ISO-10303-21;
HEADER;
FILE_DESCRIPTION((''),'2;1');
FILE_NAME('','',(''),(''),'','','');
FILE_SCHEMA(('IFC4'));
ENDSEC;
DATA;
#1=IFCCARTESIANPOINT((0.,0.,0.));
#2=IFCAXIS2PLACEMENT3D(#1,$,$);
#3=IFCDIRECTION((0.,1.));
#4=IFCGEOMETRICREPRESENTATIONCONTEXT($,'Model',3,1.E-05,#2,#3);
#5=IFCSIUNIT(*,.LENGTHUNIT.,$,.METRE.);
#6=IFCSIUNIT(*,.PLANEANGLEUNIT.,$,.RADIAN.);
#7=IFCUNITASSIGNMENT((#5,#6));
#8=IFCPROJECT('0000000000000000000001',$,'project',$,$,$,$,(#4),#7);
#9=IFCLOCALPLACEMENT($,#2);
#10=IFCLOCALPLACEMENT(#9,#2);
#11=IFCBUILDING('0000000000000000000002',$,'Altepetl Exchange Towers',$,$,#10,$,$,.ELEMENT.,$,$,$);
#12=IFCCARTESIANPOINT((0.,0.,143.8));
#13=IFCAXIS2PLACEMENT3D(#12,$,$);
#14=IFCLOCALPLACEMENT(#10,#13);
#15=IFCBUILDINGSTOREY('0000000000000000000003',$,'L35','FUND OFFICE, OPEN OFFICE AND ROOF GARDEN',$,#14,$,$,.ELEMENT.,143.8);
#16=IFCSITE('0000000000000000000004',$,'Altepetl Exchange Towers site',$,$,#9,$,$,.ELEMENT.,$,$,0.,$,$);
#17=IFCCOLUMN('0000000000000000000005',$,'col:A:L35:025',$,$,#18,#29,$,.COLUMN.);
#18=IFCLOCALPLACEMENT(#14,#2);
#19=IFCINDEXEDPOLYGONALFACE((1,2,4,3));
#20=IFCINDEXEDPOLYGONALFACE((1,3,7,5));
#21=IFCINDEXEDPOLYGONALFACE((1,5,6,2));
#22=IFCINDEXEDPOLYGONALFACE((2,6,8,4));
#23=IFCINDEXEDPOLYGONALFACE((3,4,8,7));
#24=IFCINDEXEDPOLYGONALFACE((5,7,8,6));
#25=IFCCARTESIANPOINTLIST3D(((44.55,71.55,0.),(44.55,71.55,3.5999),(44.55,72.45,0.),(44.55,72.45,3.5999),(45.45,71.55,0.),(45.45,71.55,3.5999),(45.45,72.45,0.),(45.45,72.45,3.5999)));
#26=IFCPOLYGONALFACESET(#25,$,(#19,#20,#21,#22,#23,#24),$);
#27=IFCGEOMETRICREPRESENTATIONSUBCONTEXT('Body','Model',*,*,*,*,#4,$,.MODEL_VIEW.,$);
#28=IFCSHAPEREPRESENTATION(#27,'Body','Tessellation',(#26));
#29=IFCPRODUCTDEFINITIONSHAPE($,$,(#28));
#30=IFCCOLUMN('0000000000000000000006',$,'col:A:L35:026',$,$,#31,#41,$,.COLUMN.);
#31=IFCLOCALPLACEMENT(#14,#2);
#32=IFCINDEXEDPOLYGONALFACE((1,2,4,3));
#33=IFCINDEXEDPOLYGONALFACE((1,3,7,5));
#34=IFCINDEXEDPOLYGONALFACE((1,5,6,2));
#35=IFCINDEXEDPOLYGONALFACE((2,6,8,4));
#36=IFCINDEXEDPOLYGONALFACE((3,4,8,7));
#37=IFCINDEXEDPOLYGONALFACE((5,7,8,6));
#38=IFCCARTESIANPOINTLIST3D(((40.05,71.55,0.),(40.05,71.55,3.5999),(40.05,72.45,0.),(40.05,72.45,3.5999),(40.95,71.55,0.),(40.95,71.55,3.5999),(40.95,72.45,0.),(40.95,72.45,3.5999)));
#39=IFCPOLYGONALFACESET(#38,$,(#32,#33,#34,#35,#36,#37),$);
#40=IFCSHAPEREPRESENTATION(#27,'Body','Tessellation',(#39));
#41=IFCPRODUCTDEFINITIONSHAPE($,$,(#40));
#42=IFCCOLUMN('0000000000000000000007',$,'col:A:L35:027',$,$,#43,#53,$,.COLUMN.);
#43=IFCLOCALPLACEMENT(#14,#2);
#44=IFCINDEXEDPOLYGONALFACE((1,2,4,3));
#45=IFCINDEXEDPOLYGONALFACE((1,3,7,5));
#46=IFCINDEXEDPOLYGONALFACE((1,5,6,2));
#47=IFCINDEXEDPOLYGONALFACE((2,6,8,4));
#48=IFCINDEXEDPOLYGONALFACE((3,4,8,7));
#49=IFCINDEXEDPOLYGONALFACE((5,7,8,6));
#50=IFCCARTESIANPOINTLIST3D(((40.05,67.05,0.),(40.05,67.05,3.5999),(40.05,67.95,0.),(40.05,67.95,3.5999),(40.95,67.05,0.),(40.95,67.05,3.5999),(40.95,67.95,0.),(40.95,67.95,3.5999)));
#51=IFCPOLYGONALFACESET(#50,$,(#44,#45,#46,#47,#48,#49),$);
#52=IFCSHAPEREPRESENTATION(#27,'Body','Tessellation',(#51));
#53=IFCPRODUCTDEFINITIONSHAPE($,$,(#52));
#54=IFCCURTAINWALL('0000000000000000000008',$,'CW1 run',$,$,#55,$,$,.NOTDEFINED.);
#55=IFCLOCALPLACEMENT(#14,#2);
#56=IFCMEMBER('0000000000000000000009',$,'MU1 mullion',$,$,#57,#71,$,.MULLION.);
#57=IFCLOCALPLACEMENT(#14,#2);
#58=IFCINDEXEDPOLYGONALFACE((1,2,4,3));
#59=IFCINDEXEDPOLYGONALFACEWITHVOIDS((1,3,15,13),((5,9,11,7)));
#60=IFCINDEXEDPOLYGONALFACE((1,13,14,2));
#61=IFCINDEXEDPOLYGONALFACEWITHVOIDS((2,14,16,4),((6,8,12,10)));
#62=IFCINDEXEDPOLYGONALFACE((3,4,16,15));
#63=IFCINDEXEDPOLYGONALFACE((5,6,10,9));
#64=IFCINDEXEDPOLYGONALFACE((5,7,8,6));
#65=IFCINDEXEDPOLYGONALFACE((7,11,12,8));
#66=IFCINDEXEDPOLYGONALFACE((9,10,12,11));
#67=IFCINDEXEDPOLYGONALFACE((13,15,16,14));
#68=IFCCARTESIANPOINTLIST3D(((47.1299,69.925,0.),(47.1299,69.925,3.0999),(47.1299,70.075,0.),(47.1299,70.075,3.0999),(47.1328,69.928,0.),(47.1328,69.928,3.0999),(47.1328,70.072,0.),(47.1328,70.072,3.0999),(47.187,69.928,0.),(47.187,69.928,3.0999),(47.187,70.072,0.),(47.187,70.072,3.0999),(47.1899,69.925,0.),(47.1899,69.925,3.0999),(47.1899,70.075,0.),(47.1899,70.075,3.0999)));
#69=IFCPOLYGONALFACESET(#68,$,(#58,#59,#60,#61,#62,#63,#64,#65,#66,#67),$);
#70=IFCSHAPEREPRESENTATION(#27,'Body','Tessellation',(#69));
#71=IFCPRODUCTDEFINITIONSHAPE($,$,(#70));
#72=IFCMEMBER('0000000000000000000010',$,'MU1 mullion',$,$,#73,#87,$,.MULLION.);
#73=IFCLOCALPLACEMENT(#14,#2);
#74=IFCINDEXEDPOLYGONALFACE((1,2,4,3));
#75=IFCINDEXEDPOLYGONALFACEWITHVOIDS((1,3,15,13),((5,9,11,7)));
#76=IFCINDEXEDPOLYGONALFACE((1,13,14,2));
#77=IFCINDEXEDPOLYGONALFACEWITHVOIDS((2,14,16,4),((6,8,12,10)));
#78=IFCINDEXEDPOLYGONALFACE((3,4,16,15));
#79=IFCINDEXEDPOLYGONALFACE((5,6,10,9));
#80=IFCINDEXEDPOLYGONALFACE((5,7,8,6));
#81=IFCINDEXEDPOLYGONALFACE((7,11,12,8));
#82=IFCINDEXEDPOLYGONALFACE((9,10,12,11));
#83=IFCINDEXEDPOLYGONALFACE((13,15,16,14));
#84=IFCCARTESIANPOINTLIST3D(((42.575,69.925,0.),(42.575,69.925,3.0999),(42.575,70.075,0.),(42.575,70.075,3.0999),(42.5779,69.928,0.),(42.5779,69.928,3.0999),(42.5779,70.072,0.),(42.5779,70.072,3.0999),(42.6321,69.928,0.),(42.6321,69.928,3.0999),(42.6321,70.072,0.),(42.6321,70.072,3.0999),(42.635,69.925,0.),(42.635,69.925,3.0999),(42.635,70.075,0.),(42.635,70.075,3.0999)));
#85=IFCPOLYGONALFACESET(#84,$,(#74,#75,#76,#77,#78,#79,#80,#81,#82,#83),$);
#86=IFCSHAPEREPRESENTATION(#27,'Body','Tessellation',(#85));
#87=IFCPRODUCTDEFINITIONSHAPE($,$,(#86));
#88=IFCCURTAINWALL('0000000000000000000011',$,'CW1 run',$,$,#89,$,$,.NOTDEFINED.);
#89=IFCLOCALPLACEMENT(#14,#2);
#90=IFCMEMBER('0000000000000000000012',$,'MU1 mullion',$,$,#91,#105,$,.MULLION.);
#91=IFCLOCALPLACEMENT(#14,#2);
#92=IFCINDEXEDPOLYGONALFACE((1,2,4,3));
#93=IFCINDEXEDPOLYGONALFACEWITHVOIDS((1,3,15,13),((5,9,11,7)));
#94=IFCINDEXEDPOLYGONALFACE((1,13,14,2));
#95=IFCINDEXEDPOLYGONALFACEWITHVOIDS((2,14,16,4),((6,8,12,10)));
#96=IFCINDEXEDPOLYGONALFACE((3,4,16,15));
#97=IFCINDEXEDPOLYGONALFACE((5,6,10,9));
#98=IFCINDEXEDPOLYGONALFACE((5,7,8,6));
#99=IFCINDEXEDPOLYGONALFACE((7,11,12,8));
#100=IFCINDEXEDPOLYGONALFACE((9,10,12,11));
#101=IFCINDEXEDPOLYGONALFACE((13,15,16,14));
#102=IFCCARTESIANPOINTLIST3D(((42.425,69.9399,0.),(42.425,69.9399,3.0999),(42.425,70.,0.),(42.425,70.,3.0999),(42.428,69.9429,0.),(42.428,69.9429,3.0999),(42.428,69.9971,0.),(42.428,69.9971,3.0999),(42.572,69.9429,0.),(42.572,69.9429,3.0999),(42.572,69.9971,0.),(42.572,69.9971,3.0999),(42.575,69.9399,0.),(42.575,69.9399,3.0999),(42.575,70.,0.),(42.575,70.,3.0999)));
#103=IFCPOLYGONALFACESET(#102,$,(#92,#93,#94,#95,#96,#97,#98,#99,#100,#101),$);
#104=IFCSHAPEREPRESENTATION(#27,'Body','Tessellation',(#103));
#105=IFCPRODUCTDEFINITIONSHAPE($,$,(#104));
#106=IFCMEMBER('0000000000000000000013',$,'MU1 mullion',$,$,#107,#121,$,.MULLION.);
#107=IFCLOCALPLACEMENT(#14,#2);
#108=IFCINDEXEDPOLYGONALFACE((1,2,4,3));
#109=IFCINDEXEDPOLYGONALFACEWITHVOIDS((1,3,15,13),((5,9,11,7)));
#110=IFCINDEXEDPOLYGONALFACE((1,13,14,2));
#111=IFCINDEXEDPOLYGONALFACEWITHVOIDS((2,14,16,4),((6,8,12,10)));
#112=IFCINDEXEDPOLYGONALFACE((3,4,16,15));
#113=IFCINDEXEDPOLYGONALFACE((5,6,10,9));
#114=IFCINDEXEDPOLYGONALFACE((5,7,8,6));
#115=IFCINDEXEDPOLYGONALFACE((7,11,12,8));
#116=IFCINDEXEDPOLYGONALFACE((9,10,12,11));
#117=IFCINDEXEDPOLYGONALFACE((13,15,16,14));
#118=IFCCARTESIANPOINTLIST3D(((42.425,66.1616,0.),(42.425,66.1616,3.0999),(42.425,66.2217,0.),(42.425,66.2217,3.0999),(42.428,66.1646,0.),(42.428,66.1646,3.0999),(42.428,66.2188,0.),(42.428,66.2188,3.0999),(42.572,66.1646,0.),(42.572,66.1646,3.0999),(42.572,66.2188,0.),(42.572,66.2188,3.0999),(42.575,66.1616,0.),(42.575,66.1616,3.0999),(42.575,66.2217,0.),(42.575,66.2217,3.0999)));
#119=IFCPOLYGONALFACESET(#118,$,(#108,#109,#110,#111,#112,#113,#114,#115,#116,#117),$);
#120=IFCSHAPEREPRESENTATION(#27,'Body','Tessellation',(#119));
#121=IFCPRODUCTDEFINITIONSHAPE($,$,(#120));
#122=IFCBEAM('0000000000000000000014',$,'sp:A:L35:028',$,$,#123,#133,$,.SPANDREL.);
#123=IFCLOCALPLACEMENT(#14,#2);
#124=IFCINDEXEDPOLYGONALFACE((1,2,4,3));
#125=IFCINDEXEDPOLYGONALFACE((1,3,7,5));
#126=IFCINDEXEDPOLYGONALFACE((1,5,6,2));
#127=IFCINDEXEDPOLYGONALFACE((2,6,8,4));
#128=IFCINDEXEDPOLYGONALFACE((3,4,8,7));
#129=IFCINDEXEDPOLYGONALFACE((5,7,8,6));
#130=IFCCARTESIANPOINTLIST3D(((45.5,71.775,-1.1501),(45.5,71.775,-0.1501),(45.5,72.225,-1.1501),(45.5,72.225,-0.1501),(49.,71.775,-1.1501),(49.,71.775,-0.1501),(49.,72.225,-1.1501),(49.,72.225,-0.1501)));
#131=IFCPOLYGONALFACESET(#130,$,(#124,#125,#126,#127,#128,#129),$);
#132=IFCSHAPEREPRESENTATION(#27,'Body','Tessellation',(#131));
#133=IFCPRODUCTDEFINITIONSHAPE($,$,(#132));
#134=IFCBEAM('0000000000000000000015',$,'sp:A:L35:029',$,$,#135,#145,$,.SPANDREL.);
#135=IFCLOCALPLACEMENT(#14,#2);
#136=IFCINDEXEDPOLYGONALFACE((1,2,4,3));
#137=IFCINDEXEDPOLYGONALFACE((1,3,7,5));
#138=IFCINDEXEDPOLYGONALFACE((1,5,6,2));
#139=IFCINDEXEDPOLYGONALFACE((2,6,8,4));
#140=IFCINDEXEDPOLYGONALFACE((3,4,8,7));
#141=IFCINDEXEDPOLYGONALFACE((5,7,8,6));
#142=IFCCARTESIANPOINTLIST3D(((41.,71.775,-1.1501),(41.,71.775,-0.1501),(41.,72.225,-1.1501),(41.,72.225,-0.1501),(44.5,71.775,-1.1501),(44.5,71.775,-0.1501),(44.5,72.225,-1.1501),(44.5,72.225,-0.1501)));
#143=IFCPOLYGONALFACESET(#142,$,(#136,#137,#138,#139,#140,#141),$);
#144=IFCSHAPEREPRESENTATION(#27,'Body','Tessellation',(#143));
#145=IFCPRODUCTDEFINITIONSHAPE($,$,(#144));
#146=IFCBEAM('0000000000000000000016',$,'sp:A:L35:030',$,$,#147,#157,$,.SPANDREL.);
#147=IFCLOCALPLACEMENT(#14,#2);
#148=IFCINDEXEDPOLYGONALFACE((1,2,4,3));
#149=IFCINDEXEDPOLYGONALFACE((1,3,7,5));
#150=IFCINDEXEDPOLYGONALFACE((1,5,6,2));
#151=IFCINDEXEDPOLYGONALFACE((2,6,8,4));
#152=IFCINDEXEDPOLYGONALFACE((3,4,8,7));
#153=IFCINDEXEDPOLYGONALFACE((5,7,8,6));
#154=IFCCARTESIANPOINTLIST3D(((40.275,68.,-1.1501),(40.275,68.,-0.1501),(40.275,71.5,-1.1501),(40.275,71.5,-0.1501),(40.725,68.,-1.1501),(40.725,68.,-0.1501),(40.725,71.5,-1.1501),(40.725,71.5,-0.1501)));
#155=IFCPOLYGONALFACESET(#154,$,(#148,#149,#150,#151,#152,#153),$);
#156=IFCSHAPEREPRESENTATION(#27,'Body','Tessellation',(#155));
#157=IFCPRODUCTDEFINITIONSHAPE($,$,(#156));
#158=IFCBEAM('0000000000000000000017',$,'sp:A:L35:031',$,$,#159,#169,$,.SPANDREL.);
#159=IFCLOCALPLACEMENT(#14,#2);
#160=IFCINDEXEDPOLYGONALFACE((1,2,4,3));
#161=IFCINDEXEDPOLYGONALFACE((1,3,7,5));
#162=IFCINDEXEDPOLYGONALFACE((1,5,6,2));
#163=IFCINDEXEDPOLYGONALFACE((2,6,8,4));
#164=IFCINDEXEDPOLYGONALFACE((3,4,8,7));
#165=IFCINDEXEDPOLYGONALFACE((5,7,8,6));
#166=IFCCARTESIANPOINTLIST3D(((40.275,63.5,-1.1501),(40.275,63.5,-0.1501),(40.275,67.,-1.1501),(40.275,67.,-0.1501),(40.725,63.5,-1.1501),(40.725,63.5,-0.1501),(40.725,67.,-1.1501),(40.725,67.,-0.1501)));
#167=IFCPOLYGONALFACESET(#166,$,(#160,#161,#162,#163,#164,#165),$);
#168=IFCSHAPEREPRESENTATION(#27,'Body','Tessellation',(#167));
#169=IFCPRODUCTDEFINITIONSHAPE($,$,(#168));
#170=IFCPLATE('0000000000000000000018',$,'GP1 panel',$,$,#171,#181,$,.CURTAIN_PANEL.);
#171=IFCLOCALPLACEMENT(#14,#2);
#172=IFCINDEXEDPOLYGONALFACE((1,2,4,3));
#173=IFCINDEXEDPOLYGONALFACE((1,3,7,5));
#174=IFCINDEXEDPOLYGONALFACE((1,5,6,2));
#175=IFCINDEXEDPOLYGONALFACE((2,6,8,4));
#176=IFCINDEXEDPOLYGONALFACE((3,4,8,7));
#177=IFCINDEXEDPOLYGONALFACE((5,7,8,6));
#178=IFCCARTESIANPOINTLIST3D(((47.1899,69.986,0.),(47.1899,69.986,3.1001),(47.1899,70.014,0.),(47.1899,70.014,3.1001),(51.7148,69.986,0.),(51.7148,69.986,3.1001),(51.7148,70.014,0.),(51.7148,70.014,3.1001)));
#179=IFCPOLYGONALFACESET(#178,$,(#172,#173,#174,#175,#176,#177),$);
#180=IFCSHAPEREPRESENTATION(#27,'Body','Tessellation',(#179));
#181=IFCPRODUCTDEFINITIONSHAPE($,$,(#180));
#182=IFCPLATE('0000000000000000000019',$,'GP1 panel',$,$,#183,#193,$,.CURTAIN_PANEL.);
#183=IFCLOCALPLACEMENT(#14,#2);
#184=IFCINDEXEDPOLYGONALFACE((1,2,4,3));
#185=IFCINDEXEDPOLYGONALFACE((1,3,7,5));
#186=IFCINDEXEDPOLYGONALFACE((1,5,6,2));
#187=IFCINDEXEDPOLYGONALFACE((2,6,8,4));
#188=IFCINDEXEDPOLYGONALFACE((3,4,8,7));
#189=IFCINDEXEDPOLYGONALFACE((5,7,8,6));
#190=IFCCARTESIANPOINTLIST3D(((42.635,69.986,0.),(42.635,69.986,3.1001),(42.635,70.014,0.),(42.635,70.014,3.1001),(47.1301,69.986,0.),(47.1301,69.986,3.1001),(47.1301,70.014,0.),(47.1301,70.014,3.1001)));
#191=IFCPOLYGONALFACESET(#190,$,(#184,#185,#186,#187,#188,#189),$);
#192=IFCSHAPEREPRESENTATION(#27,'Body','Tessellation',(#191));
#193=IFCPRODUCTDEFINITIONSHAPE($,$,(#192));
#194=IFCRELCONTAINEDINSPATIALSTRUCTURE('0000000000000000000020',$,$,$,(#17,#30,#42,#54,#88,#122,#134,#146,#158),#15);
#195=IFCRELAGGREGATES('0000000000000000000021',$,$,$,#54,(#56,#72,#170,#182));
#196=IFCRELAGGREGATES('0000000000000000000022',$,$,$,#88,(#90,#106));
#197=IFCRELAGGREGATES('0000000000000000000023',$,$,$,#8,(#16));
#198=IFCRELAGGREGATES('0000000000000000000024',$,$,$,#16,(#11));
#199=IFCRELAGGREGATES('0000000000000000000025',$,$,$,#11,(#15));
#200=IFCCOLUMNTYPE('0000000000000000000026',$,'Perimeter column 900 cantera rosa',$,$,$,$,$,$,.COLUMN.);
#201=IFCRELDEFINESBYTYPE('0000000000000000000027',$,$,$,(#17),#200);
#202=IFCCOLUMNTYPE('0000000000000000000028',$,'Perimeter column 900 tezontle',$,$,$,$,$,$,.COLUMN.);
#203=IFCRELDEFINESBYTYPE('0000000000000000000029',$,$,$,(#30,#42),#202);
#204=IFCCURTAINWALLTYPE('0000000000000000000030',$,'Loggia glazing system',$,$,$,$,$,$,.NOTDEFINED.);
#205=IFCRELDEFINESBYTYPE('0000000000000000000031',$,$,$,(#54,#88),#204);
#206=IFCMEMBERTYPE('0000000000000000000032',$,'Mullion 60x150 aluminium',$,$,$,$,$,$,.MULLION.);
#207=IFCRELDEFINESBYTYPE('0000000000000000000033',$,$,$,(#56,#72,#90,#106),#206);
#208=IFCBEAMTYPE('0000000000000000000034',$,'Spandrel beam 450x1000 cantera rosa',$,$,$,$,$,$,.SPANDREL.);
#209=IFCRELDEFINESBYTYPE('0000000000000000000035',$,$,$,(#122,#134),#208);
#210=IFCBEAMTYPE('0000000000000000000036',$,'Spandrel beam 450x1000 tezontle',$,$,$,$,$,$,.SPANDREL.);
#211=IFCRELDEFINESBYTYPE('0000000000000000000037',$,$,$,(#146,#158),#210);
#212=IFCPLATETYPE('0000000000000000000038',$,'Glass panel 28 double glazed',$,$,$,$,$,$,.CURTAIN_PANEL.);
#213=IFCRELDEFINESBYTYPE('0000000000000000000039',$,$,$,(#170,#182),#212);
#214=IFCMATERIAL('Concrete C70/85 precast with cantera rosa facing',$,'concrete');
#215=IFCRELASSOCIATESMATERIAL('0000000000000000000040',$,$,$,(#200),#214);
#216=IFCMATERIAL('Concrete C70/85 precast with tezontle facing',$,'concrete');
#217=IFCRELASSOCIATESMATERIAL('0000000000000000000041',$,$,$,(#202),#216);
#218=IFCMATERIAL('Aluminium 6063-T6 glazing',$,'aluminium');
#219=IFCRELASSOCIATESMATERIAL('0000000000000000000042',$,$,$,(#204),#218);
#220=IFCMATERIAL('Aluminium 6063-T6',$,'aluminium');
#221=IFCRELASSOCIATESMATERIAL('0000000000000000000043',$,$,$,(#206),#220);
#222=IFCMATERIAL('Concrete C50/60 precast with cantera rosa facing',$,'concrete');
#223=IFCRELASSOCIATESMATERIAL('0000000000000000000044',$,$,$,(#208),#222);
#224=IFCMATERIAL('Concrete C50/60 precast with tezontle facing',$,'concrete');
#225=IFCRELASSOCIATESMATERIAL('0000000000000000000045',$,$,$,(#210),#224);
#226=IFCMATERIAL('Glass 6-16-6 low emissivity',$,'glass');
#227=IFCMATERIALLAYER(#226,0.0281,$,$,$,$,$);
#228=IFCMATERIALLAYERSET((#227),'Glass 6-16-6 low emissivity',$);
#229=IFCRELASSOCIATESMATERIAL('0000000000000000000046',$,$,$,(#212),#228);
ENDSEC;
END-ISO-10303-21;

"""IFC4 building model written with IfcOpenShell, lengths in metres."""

from ifc_helpers import new_model, si_unit, direction, frame, origin, origin_2d, place, context, subcontext, project, spatial, rectangle, hollow_rectangle, extrude, material, layer, layer_set, material_profile, profile_set, type_object, element, aggregate, save


model = new_model("IFC4")

# Units and contexts
model_context = context("Model", 3, precision=1e-05, world=origin(), true_north=direction((0.0, 1.0)))
body_context = subcontext(model_context, "Body", "Model", "MODEL_VIEW")
ifc_project = project(units=[si_unit("LENGTHUNIT", "METRE"), si_unit("PLANEANGLEUNIT", "RADIAN")], contexts=[model_context])

# Site, building, storey
site_placement = place(None, origin())
site = spatial("IfcSite", under=ifc_project, at=site_placement, Name="Altepetl Exchange Towers site", CompositionType="ELEMENT", RefElevation=0.0)
building_placement = place(site_placement, origin())
building = spatial("IfcBuilding", under=site, at=building_placement, Name="Altepetl Exchange Towers", CompositionType="ELEMENT")
storey_placement = place(building_placement, frame((0.0, 0.0, 143.8)))
storey = spatial("IfcBuildingStorey", under=building, at=storey_placement, Name="L35", Description="FUND OFFICE, OPEN OFFICE AND ROOF GARDEN", CompositionType="ELEMENT", Elevation=143.8)

# Columns
ifc_material_1 = material(Name="Concrete C70/85 precast with cantera rosa facing", Category="concrete")
ifc_material_profile_1 = material_profile(ifc_material_1, rectangle(XDim=0.8999, YDim=0.8999, at=origin_2d()), Name="900 x 900")
ifc_profile_set_1 = profile_set([ifc_material_profile_1], Name="Concrete C70/85 precast with cantera rosa facing")
column_type_1 = type_object("IfcColumnType", Name="Perimeter column 900 cantera rosa", PredefinedType="COLUMN", material=ifc_profile_set_1)
column_placement = place(storey_placement, frame((45.0, 72.0, 0.0)))
element("IfcColumn", 1, at=column_placement, inside=storey, type_object=column_type_1, Name="col:A:L35:025", PredefinedType="COLUMN", context=body_context, shape_type="SweptSolid", body=[
    extrude(rectangle(XDim=0.8999, YDim=0.8999, at=origin_2d()), origin(), (0.0, 0.0, 1.0), 3.5999),
])
ifc_material_2 = material(Name="Concrete C70/85 precast with tezontle facing", Category="concrete")
ifc_material_profile_2 = material_profile(ifc_material_2, rectangle(XDim=0.8999, YDim=0.8999, at=origin_2d()), Name="900 x 900")
ifc_profile_set_2 = profile_set([ifc_material_profile_2], Name="Concrete C70/85 precast with tezontle facing")
column_type_2 = type_object("IfcColumnType", Name="Perimeter column 900 tezontle", PredefinedType="COLUMN", material=ifc_profile_set_2)
for number, where, name in (
    (2, (40.5, 72.0, 0.0), "col:A:L35:026"),
    (3, (40.5, 67.5, 0.0), "col:A:L35:027"),
):
    element("IfcColumn", number, at=place(storey_placement, frame(where)), inside=storey, type_object=column_type_2, Name=name, PredefinedType="COLUMN", context=body_context, shape_type="SweptSolid", body=[
        extrude(rectangle(XDim=0.8999, YDim=0.8999, at=origin_2d()), origin(), (0.0, 0.0, 1.0), 3.5999),
    ])

# Curtain walls, members
ifc_material_3 = material(Name="Aluminium 6063-T6 glazing", Category="aluminium")
curtain_wall_type = type_object("IfcCurtainWallType", Name="Loggia glazing system", PredefinedType="NOTDEFINED", material=ifc_material_3)
curtain_wall_1_placement = place(storey_placement, origin())
curtain_wall_1 = element("IfcCurtainWall", 4, at=curtain_wall_1_placement, inside=storey, type_object=curtain_wall_type, Name="CW1 run", PredefinedType="NOTDEFINED")
ifc_material_4 = material(Name="Aluminium 6063-T6", Category="aluminium")
ifc_material_profile_3 = material_profile(ifc_material_4, hollow_rectangle(XDim=0.0601, YDim=0.1499, WallThickness=0.0029, at=origin_2d()), Name="Mullion 60x150 aluminium")
ifc_profile_set_3 = profile_set([ifc_material_profile_3], Name="Aluminium 6063-T6")
member_type = type_object("IfcMemberType", Name="Mullion 60x150 aluminium", PredefinedType="MULLION", material=ifc_profile_set_3)
member_1_placement = place(storey_placement, frame((47.1599, 70.0, 0.0), z_axis=(0.0, 0.0, 1.0), x_axis=(-1.0, 0.0, 0.0)))
member_1 = element("IfcMember", 5, at=member_1_placement, type_object=member_type, Name="MU1 mullion", PredefinedType="MULLION", context=body_context, shape_type="SweptSolid", body=[
    extrude(hollow_rectangle(XDim=0.0601, YDim=0.1499, WallThickness=0.0029, at=origin_2d()), origin(), (0.0, 0.0, 1.0), 3.0999),
])
member_2_placement = place(storey_placement, frame((42.605, 70.0, 0.0), z_axis=(0.0, 0.0, 1.0), x_axis=(-1.0, 0.0, 0.0)))
member_2 = element("IfcMember", 6, at=member_2_placement, type_object=member_type, Name="MU1 mullion", PredefinedType="MULLION", context=body_context, shape_type="SweptSolid", body=[
    extrude(hollow_rectangle(XDim=0.0601, YDim=0.1499, WallThickness=0.0029, at=origin_2d()), origin(), (0.0, 0.0, 1.0), 3.0999),
])
curtain_wall_2_placement = place(storey_placement, origin())
curtain_wall_2 = element("IfcCurtainWall", 7, at=curtain_wall_2_placement, inside=storey, type_object=curtain_wall_type, Name="CW1 run", PredefinedType="NOTDEFINED")
member_3_placement = place(storey_placement, frame((42.5, 69.97, 0.0), z_axis=(0.0, 0.0, 1.0), x_axis=(0.0, -1.0, 0.0)))
member_3 = element("IfcMember", 8, at=member_3_placement, type_object=member_type, Name="MU1 mullion", PredefinedType="MULLION", context=body_context, shape_type="SweptSolid", body=[
    extrude(hollow_rectangle(XDim=0.0601, YDim=0.1499, WallThickness=0.0029, at=origin_2d()), origin(), (0.0, 0.0, 1.0), 3.0999),
])
member_4_placement = place(storey_placement, frame((42.5, 66.1917, 0.0), z_axis=(0.0, 0.0, 1.0), x_axis=(0.0, -1.0, 0.0)))
member_4 = element("IfcMember", 9, at=member_4_placement, type_object=member_type, Name="MU1 mullion", PredefinedType="MULLION", context=body_context, shape_type="SweptSolid", body=[
    extrude(hollow_rectangle(XDim=0.0601, YDim=0.1499, WallThickness=0.0029, at=origin_2d()), origin(), (0.0, 0.0, 1.0), 3.0999),
])

# Beams
ifc_material_5 = material(Name="Concrete C50/60 precast with cantera rosa facing", Category="concrete")
ifc_material_profile_4 = material_profile(ifc_material_5, rectangle(XDim=0.45, YDim=1.0, at=origin_2d()), Name="450 x 1000")
ifc_profile_set_4 = profile_set([ifc_material_profile_4], Name="Concrete C50/60 precast with cantera rosa facing")
beam_type_1 = type_object("IfcBeamType", Name="Spandrel beam 450x1000 cantera rosa", PredefinedType="SPANDREL", material=ifc_profile_set_4)
for number, where, z_axis, x_axis, name in (
    (10, (49.0, 72.0, -0.6501), (-1.0, 0.0, 0.0), (0.0, -1.0, 0.0), "sp:A:L35:028"),
    (11, (44.5, 72.0, -0.6501), (-1.0, 0.0, 0.0), (0.0, -1.0, 0.0), "sp:A:L35:029"),
):
    element("IfcBeam", number, at=place(storey_placement, frame(where, z_axis=z_axis, x_axis=x_axis)), inside=storey, type_object=beam_type_1, Name=name, PredefinedType="SPANDREL", context=body_context, shape_type="SweptSolid", body=[
        extrude(rectangle(XDim=0.45, YDim=1.0, at=origin_2d()), origin(), (0.0, 0.0, 1.0), 3.5),
    ])
ifc_material_6 = material(Name="Concrete C50/60 precast with tezontle facing", Category="concrete")
ifc_material_profile_5 = material_profile(ifc_material_6, rectangle(XDim=0.45, YDim=1.0, at=origin_2d()), Name="450 x 1000")
ifc_profile_set_5 = profile_set([ifc_material_profile_5], Name="Concrete C50/60 precast with tezontle facing")
beam_type_2 = type_object("IfcBeamType", Name="Spandrel beam 450x1000 tezontle", PredefinedType="SPANDREL", material=ifc_profile_set_5)
for number, where, z_axis, x_axis, name in (
    (12, (40.5, 71.5, -0.6501), (0.0, -1.0, 0.0), (1.0, 0.0, 0.0), "sp:A:L35:030"),
    (13, (40.5, 67.0, -0.6501), (0.0, -1.0, 0.0), (1.0, 0.0, 0.0), "sp:A:L35:031"),
):
    element("IfcBeam", number, at=place(storey_placement, frame(where, z_axis=z_axis, x_axis=x_axis)), inside=storey, type_object=beam_type_2, Name=name, PredefinedType="SPANDREL", context=body_context, shape_type="SweptSolid", body=[
        extrude(rectangle(XDim=0.45, YDim=1.0, at=origin_2d()), origin(), (0.0, 0.0, 1.0), 3.5),
    ])

# Plates
ifc_material_7 = material(Name="Glass 6-16-6 low emissivity", Category="glass")
ifc_layer = layer(ifc_material_7, 0.0281)
ifc_layer_set = layer_set([ifc_layer], Name="Glass 6-16-6 low emissivity")
plate_type = type_object("IfcPlateType", Name="Glass panel 28 double glazed", PredefinedType="CURTAIN_PANEL", material=ifc_layer_set)
plate_1_placement = place(storey_placement, frame((49.4524, 70.0, 0.0), z_axis=(0.0, 0.0, 1.0), x_axis=(-1.0, 0.0, 0.0)))
plate_1 = element("IfcPlate", 14, at=plate_1_placement, type_object=plate_type, Name="GP1 panel", PredefinedType="CURTAIN_PANEL", context=body_context, shape_type="SweptSolid", body=[
    extrude(rectangle(XDim=4.5249, YDim=0.0281, at=origin_2d()), origin(), (0.0, 0.0, 1.0), 3.1001),
])
plate_2_placement = place(storey_placement, frame((44.8826, 70.0, 0.0), z_axis=(0.0, 0.0, 1.0), x_axis=(-1.0, 0.0, 0.0)))
plate_2 = element("IfcPlate", 15, at=plate_2_placement, type_object=plate_type, Name="GP1 panel", PredefinedType="CURTAIN_PANEL", context=body_context, shape_type="SweptSolid", body=[
    extrude(rectangle(XDim=4.4951, YDim=0.0281, at=origin_2d()), origin(), (0.0, 0.0, 1.0), 3.1001),
])
aggregate(curtain_wall_1, [member_1, member_2, plate_1, plate_2])
aggregate(curtain_wall_2, [member_3, member_4])

save(model, "model.ifc")
